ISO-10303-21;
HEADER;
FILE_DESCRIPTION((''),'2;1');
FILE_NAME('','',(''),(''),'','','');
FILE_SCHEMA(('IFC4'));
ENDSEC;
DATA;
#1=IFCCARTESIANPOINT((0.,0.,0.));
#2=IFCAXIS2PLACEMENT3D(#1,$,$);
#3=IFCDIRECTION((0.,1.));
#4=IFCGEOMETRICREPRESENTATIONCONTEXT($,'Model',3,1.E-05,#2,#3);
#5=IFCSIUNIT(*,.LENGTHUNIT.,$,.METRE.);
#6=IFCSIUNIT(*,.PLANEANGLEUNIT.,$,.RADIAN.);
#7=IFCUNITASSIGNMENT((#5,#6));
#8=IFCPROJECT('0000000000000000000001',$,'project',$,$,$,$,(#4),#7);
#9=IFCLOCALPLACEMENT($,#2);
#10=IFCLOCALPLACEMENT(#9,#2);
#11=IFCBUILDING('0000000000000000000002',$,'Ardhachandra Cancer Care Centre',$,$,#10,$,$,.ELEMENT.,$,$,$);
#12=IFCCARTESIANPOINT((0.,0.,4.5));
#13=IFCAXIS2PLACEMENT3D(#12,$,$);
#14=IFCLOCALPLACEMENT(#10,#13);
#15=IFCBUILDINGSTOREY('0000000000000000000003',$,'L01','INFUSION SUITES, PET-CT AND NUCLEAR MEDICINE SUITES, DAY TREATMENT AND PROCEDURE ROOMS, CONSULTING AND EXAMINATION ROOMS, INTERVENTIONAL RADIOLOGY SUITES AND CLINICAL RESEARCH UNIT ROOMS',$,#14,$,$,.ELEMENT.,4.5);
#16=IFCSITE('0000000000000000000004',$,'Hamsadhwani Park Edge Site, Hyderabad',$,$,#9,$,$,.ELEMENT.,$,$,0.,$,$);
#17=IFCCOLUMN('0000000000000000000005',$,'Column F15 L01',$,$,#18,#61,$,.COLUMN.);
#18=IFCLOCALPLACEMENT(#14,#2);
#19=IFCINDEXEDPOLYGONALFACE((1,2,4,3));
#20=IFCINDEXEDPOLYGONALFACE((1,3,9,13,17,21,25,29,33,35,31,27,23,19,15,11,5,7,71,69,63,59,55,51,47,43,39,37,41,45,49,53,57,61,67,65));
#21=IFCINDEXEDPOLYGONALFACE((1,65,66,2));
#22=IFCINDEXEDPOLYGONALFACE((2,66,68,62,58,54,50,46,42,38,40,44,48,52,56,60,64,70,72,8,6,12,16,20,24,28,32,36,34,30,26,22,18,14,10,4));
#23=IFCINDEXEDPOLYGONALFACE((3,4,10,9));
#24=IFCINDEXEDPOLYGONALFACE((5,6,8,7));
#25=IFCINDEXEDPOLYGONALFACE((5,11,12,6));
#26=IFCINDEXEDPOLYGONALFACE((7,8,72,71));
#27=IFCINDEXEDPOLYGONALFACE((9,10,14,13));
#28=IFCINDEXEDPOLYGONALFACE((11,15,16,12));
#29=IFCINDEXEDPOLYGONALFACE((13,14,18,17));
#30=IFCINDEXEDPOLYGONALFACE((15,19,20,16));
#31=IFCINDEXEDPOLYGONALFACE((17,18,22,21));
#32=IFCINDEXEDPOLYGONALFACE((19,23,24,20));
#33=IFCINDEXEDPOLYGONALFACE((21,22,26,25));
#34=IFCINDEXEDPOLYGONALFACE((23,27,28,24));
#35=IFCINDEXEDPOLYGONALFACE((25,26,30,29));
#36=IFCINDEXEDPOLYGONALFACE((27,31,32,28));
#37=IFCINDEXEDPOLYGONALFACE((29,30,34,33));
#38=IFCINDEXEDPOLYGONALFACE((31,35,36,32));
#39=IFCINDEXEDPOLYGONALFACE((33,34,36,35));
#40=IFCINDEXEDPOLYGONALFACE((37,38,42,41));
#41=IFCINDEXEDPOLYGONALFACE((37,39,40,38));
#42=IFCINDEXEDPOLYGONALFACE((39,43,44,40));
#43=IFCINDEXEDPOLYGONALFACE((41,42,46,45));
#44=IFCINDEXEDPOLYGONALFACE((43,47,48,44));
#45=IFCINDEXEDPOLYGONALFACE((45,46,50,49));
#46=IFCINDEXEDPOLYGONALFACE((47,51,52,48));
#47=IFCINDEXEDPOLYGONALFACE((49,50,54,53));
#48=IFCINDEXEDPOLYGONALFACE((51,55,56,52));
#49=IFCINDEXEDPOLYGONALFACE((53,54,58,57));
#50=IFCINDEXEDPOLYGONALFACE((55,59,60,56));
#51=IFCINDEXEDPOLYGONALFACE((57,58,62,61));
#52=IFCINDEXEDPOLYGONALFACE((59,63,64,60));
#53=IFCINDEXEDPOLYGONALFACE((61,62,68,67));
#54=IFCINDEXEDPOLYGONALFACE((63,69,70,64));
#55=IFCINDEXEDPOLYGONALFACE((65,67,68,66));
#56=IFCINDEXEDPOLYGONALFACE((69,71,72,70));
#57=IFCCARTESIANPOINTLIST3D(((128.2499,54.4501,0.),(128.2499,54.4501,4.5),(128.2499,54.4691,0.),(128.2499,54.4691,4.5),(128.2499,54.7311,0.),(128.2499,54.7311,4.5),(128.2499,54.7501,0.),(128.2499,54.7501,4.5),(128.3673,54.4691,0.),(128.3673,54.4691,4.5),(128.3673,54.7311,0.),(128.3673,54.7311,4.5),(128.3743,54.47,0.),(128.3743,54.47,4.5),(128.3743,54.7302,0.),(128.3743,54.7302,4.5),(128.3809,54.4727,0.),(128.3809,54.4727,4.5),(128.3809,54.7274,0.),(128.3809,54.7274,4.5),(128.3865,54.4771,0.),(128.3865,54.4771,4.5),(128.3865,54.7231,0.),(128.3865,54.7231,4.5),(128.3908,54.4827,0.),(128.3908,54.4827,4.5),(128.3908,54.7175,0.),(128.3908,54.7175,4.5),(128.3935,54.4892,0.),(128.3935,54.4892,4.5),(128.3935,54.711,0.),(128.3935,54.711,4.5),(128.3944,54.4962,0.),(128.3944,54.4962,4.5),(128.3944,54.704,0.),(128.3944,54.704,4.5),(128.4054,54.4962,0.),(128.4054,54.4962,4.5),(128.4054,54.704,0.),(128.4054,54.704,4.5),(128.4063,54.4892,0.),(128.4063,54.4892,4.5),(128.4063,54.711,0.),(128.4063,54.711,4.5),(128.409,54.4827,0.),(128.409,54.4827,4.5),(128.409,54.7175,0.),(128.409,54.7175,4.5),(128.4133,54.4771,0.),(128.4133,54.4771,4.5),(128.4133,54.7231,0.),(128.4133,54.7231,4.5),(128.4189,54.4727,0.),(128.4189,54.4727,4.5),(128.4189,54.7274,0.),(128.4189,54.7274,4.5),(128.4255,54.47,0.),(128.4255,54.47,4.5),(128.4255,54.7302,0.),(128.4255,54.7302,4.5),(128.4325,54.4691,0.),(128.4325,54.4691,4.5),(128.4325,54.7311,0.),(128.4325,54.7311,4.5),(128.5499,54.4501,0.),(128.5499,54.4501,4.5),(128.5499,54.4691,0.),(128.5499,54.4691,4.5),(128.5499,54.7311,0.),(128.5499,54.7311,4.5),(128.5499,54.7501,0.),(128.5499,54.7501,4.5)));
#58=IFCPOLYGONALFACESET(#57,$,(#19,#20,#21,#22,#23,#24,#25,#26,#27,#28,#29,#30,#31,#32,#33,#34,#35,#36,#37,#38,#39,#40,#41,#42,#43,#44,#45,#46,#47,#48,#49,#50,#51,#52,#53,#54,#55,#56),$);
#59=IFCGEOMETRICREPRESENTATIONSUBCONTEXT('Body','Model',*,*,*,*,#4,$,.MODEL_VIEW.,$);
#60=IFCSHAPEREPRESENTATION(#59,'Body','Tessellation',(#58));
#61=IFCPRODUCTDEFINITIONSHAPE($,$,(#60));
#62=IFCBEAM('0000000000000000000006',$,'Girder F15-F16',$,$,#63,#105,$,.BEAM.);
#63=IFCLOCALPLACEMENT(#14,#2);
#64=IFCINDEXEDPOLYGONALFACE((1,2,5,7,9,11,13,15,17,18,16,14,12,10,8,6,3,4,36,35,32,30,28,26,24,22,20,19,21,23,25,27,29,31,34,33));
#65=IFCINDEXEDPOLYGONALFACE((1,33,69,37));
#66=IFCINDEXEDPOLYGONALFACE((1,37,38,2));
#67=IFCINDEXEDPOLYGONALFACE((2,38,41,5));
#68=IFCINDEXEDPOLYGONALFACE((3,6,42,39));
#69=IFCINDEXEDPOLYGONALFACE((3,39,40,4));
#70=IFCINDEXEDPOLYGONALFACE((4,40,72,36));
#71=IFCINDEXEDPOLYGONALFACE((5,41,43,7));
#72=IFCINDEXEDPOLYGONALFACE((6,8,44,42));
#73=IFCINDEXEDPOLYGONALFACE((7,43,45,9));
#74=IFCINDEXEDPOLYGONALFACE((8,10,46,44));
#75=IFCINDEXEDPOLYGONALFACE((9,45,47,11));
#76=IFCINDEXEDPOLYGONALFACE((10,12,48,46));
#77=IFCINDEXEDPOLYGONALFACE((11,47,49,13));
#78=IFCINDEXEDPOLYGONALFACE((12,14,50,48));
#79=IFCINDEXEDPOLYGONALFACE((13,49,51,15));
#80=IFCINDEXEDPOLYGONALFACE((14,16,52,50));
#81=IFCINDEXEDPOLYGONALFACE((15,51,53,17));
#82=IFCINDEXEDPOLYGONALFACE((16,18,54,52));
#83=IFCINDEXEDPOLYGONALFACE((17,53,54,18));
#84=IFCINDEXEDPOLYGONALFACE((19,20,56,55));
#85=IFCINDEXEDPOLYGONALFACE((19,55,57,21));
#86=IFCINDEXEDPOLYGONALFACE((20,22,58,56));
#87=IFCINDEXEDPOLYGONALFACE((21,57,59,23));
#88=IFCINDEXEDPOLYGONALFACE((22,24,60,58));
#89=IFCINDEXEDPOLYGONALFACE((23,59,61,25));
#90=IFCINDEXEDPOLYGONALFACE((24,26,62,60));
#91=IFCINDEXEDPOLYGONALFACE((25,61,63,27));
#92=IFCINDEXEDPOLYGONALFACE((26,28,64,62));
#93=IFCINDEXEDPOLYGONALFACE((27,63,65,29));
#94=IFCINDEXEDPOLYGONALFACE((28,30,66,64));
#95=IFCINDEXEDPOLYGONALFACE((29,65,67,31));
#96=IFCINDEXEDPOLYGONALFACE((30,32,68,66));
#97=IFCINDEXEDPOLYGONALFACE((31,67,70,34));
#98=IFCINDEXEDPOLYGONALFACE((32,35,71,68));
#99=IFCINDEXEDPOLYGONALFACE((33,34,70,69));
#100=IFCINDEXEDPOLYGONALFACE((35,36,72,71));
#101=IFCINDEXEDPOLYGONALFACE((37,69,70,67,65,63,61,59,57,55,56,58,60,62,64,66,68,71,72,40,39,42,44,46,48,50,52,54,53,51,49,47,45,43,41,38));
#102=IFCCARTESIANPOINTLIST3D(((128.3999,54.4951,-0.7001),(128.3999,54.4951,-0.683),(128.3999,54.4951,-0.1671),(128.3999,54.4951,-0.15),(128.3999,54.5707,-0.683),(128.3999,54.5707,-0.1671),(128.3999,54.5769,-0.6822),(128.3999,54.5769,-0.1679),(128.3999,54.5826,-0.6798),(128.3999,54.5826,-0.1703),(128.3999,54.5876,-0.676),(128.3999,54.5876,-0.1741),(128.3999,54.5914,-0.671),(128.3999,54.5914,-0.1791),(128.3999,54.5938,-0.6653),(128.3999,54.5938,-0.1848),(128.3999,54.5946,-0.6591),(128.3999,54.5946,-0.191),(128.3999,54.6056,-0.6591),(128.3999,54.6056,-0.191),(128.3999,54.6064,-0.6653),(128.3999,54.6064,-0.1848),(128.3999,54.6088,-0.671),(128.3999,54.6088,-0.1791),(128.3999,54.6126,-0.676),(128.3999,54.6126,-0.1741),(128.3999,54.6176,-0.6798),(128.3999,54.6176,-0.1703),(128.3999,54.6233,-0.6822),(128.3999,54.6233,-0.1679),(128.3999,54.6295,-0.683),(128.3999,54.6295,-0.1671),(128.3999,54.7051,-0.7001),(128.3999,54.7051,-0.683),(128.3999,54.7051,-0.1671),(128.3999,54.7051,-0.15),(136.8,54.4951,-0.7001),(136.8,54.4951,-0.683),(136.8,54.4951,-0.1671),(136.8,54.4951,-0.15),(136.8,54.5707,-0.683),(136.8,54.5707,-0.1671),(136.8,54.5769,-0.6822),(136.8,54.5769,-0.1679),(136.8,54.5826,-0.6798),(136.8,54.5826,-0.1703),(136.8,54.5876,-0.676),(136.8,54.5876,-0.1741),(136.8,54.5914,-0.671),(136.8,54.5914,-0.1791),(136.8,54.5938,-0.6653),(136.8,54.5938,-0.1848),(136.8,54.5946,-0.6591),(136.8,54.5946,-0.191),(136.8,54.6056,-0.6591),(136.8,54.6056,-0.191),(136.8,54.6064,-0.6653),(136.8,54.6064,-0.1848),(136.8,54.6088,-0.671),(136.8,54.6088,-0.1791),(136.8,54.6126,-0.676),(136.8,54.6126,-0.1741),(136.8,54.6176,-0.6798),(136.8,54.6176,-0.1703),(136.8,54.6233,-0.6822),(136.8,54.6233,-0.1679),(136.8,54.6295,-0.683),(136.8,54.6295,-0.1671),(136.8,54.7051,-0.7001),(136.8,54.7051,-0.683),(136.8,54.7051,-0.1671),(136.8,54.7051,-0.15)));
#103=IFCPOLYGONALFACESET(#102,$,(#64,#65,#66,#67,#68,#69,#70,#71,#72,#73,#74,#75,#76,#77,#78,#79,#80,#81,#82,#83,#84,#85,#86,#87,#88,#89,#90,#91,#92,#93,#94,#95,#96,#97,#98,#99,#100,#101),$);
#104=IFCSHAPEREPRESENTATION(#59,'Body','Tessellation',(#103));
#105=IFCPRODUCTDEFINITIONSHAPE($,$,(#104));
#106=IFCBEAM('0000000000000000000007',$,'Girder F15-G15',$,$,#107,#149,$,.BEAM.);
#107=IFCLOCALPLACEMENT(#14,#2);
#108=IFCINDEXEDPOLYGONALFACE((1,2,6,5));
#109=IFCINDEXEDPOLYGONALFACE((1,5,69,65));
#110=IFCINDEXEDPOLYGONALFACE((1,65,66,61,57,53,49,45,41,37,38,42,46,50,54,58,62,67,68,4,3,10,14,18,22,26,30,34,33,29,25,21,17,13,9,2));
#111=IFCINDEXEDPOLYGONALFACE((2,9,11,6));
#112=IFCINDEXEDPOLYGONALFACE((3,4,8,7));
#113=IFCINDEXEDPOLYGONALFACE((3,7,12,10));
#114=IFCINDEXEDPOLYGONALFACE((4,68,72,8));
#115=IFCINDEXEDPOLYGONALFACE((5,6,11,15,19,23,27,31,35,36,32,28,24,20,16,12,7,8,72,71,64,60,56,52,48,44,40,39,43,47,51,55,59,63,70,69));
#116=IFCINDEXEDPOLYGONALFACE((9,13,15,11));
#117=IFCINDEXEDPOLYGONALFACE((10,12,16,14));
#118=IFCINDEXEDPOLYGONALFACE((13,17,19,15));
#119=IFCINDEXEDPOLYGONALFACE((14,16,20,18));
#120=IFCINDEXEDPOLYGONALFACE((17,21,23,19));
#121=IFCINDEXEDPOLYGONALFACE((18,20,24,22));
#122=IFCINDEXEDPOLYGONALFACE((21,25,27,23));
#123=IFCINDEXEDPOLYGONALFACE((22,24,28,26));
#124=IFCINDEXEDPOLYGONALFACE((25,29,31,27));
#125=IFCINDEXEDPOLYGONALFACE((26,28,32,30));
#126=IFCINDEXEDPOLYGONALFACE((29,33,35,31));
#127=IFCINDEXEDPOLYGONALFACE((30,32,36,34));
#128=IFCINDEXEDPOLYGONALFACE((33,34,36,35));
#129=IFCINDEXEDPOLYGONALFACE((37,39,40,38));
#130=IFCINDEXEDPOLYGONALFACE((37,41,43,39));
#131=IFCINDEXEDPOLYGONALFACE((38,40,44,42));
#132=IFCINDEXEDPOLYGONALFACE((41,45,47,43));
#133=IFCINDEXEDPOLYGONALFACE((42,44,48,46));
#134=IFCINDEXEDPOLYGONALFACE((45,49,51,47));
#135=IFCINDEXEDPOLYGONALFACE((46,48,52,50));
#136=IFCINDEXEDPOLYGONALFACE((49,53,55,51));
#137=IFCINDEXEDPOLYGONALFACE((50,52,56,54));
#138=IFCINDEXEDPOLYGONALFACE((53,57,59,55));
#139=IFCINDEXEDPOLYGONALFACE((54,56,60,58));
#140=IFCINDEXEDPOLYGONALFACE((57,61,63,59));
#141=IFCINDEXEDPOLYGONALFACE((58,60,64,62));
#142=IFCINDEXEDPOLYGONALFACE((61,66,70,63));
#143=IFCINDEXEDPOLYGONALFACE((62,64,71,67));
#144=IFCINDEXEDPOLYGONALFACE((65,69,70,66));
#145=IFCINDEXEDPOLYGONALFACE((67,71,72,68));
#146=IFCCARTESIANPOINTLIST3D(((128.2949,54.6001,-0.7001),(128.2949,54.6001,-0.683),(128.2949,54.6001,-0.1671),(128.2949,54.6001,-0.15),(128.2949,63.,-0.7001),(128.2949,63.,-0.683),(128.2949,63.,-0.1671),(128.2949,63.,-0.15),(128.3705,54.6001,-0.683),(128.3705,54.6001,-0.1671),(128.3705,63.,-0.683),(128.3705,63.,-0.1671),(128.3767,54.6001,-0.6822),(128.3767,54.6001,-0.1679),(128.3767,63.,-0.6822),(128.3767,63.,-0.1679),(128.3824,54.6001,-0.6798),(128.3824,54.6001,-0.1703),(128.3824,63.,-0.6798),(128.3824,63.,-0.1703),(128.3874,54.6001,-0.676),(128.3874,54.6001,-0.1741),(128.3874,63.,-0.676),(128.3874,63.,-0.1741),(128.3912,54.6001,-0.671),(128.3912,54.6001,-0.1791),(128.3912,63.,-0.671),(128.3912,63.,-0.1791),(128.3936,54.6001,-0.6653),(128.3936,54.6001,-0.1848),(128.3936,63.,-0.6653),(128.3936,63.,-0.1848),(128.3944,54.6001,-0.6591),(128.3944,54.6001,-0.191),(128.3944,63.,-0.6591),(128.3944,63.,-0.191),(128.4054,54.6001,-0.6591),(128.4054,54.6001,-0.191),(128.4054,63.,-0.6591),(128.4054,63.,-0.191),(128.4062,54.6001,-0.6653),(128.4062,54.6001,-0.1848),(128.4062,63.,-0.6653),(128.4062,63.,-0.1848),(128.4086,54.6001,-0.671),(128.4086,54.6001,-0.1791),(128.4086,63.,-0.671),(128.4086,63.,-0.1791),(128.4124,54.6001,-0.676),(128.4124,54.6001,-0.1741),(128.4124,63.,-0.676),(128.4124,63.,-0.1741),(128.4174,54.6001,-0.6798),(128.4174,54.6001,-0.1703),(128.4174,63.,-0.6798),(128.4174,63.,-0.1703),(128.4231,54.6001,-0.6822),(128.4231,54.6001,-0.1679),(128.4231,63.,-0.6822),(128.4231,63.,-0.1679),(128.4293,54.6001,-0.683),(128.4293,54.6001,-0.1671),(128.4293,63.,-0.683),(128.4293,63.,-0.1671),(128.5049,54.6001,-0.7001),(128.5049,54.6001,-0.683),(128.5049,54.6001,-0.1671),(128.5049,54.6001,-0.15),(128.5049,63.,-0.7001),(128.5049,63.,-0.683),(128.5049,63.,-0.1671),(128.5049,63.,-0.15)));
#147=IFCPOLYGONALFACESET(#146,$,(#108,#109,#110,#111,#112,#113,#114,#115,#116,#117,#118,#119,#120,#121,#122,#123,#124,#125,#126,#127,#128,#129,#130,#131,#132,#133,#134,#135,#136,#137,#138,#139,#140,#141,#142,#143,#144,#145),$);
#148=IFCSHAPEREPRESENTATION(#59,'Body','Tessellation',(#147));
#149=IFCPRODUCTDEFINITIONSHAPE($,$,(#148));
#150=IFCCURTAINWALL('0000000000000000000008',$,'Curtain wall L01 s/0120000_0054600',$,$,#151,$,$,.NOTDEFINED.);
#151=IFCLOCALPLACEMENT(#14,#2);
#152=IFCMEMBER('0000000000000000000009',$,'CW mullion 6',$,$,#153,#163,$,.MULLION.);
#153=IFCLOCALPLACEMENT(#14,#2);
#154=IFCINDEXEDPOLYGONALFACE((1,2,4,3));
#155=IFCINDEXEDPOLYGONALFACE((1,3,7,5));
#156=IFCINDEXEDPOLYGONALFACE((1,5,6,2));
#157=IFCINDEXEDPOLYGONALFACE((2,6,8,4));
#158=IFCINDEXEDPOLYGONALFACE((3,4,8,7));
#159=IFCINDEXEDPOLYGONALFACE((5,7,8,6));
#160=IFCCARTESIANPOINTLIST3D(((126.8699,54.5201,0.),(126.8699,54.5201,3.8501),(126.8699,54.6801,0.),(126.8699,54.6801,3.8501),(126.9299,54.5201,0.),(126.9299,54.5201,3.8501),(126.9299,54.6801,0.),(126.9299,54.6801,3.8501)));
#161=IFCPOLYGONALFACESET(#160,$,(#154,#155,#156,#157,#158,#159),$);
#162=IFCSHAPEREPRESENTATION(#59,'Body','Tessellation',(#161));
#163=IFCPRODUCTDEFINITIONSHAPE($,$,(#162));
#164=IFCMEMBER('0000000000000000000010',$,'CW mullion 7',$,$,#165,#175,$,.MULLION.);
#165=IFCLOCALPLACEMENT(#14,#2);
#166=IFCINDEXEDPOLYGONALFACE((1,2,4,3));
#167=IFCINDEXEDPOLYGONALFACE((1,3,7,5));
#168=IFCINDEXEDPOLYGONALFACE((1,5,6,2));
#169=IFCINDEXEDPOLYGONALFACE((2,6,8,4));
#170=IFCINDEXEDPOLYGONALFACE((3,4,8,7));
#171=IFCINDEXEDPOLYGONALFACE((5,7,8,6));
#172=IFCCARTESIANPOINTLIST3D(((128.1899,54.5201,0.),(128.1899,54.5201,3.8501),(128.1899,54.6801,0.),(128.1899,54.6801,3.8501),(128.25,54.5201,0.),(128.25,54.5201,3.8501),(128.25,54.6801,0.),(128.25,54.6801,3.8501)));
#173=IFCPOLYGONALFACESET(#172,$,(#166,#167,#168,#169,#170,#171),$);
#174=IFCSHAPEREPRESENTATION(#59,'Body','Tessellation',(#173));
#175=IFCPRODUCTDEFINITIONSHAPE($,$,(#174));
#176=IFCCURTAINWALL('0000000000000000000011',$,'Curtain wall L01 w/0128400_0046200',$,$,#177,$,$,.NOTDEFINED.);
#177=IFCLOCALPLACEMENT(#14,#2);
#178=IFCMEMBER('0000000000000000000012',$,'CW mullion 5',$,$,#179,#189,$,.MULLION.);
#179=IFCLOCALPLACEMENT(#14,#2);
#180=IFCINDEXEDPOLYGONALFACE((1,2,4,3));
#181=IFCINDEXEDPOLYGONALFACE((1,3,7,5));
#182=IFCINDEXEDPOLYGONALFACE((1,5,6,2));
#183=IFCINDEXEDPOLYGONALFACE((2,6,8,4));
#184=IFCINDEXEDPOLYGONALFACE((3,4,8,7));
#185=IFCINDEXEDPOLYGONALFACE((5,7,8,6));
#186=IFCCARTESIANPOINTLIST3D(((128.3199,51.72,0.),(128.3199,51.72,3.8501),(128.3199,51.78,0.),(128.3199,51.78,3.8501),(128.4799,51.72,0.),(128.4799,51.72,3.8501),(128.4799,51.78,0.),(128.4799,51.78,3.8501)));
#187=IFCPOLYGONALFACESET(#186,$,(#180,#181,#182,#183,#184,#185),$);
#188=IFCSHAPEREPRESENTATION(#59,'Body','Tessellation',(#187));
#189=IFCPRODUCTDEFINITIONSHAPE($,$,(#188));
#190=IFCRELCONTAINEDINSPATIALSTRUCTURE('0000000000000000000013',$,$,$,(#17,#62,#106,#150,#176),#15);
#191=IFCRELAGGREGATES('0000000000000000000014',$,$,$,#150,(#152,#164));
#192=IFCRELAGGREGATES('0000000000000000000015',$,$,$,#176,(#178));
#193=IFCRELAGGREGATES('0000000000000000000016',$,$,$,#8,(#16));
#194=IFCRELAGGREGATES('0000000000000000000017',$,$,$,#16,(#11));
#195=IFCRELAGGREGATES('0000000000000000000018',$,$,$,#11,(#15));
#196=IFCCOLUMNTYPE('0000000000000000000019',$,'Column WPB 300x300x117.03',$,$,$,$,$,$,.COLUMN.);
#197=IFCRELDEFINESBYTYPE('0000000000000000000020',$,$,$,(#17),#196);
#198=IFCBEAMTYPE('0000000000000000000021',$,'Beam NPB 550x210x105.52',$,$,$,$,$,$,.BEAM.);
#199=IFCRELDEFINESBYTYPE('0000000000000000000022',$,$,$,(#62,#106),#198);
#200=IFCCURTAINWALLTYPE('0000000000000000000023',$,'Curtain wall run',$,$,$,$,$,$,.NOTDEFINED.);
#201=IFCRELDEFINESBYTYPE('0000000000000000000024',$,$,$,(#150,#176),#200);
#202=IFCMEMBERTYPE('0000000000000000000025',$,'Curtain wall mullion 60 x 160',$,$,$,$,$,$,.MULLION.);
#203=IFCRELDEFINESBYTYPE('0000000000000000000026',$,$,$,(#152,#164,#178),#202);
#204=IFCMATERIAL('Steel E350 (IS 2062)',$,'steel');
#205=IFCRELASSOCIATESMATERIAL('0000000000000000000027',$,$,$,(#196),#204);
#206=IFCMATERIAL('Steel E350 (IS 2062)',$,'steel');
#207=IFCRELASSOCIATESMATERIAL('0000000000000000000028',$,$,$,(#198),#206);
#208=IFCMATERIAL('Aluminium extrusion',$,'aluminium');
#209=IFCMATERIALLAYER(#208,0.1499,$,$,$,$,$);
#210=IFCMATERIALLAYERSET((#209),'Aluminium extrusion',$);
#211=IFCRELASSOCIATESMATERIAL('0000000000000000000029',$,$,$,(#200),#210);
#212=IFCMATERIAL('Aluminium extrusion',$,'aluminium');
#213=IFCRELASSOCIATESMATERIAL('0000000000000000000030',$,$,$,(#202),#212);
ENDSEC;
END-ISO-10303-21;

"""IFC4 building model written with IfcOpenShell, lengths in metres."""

from ifc_helpers import new_model, si_unit, direction, frame, origin, origin_2d, place, context, subcontext, project, spatial, rectangle, i_section, extrude, material, layer, layer_set, material_profile, profile_set, type_object, element, aggregate, save


model = new_model("IFC4")

# Units and contexts
model_context = context("Model", 3, precision=1e-05, world=origin(), true_north=direction((0.0, 1.0)))
body_context = subcontext(model_context, "Body", "Model", "MODEL_VIEW")
ifc_project = project(units=[si_unit("LENGTHUNIT", "METRE"), si_unit("PLANEANGLEUNIT", "RADIAN")], contexts=[model_context])

# Site, building, storey
site_placement = place(None, origin())
site = spatial("IfcSite", under=ifc_project, at=site_placement, Name="Hamsadhwani Park Edge Site, Hyderabad", CompositionType="ELEMENT", RefElevation=0.0)
building_placement = place(site_placement, origin())
building = spatial("IfcBuilding", under=site, at=building_placement, Name="Ardhachandra Cancer Care Centre", CompositionType="ELEMENT")
storey_placement = place(building_placement, frame((0.0, 0.0, 4.5)))
storey = spatial("IfcBuildingStorey", under=building, at=storey_placement, Name="L01", Description="INFUSION SUITES, PET-CT AND NUCLEAR MEDICINE SUITES, DAY TREATMENT AND PROCEDURE ROOMS, CONSULTING AND EXAMINATION ROOMS, INTERVENTIONAL RADIOLOGY SUITES AND CLINICAL RESEARCH UNIT ROOMS", CompositionType="ELEMENT", Elevation=4.5)

# Column
ifc_material_1 = material(Name="Steel E350 (IS 2062)", Category="steel")
ifc_material_profile_1 = material_profile(ifc_material_1, i_section(OverallWidth=0.3, OverallDepth=0.3, WebThickness=0.011, FlangeThickness=0.019, FilletRadius=0.0271, at=origin_2d()), Name="WPB 300x300x117.03")
ifc_profile_set_1 = profile_set([ifc_material_profile_1], Name="Steel E350 (IS 2062)")
column_type = type_object("IfcColumnType", Name="Column WPB 300x300x117.03", PredefinedType="COLUMN", material=ifc_profile_set_1)
column_placement = place(storey_placement, frame((128.3999, 54.6001, 0.0), z_axis=(0.0, 0.0, 1.0), x_axis=(1.0, 0.0, 0.0)))
element("IfcColumn", 1, at=column_placement, inside=storey, type_object=column_type, Name="Column F15 L01", PredefinedType="COLUMN", context=body_context, shape_type="SweptSolid", body=[
    extrude(i_section(OverallWidth=0.3, OverallDepth=0.3, WebThickness=0.011, FlangeThickness=0.019, FilletRadius=0.0271, at=origin_2d()), origin(), (0.0, 0.0, 1.0), 4.5),
])

# Beams
ifc_material_2 = material(Name="Steel E350 (IS 2062)", Category="steel")
ifc_material_profile_2 = material_profile(ifc_material_2, i_section(OverallWidth=0.21, OverallDepth=0.55, WebThickness=0.011, FlangeThickness=0.0171, FilletRadius=0.0239, at=origin_2d()), Name="NPB 550x210x105.52")
ifc_profile_set_2 = profile_set([ifc_material_profile_2], Name="Steel E350 (IS 2062)")
beam_type = type_object("IfcBeamType", Name="Beam NPB 550x210x105.52", PredefinedType="BEAM", material=ifc_profile_set_2)
beam_1_placement = place(storey_placement, frame((128.3999, 54.6001, -0.425), z_axis=(1.0, 0.0, 0.0), x_axis=(0.0, 1.0, 0.0)))
element("IfcBeam", 2, at=beam_1_placement, inside=storey, type_object=beam_type, Name="Girder F15-F16", PredefinedType="BEAM", context=body_context, shape_type="SweptSolid", body=[
    extrude(i_section(OverallWidth=0.21, OverallDepth=0.55, WebThickness=0.011, FlangeThickness=0.0171, FilletRadius=0.0239, at=origin_2d()), origin(), (0.0, 0.0, 1.0), 8.4001),
])
beam_2_placement = place(storey_placement, frame((128.3999, 54.6001, -0.425), z_axis=(0.0, 1.0, 0.0), x_axis=(-1.0, 0.0, 0.0)))
element("IfcBeam", 3, at=beam_2_placement, inside=storey, type_object=beam_type, Name="Girder F15-G15", PredefinedType="BEAM", context=body_context, shape_type="SweptSolid", body=[
    extrude(i_section(OverallWidth=0.21, OverallDepth=0.55, WebThickness=0.011, FlangeThickness=0.0171, FilletRadius=0.0239, at=origin_2d()), origin(), (0.0, 0.0, 1.0), 8.3999),
])

# Curtain walls, members
ifc_material_3 = material(Name="Aluminium extrusion", Category="aluminium")
ifc_layer_1 = layer(ifc_material_3, 0.1499)
ifc_layer_set_1 = layer_set([ifc_layer_1], Name="Aluminium extrusion")
curtain_wall_type = type_object("IfcCurtainWallType", Name="Curtain wall run", PredefinedType="NOTDEFINED", material=ifc_layer_set_1)
curtain_wall_1_placement = place(storey_placement, origin())
curtain_wall_1 = element("IfcCurtainWall", 4, at=curtain_wall_1_placement, inside=storey, type_object=curtain_wall_type, Name="Curtain wall L01 s/0120000_0054600", PredefinedType="NOTDEFINED")
ifc_material_4 = material(Name="Aluminium extrusion", Category="aluminium")
ifc_material_profile_3 = material_profile(ifc_material_4, rectangle(XDim=0.1599, YDim=0.0601, at=origin_2d()), Name="Curtain wall mullion 60 x 160")
ifc_profile_set_3 = profile_set([ifc_material_profile_3], Name="Aluminium extrusion")
member_type_1 = type_object("IfcMemberType", Name="Curtain wall mullion 60 x 160", PredefinedType="MULLION", material=ifc_profile_set_3)
member_1_placement = place(storey_placement, frame((126.8999, 54.6001, 0.0), z_axis=(0.0, 0.0, 1.0), x_axis=(0.0, 1.0, 0.0)))
member_1 = element("IfcMember", 5, at=member_1_placement, type_object=member_type_1, Name="CW mullion 6", PredefinedType="MULLION", context=body_context, shape_type="SweptSolid", body=[
    extrude(rectangle(XDim=0.1599, YDim=0.0601, at=origin_2d()), origin(), (0.0, 0.0, 1.0), 3.8501),
])
member_2_placement = place(storey_placement, frame((128.22, 54.6001, 0.0), z_axis=(0.0, 0.0, 1.0), x_axis=(0.0, 1.0, 0.0)))
member_2 = element("IfcMember", 6, at=member_2_placement, type_object=member_type_1, Name="CW mullion 7", PredefinedType="MULLION", context=body_context, shape_type="SweptSolid", body=[
    extrude(rectangle(XDim=0.1599, YDim=0.0601, at=origin_2d()), origin(), (0.0, 0.0, 1.0), 3.8501),
])
curtain_wall_2_placement = place(storey_placement, origin())
curtain_wall_2 = element("IfcCurtainWall", 7, at=curtain_wall_2_placement, inside=storey, type_object=curtain_wall_type, Name="Curtain wall L01 w/0128400_0046200", PredefinedType="NOTDEFINED")
member_3_placement = place(storey_placement, frame((128.3999, 51.75, 0.0), z_axis=(0.0, 0.0, 1.0), x_axis=(-1.0, 0.0, 0.0)))
member_3 = element("IfcMember", 8, at=member_3_placement, type_object=member_type_1, Name="CW mullion 5", PredefinedType="MULLION", context=body_context, shape_type="SweptSolid", body=[
    extrude(rectangle(XDim=0.1599, YDim=0.0601, at=origin_2d()), origin(), (0.0, 0.0, 1.0), 3.8501),
])

aggregate(curtain_wall_1, [member_1, member_2])
aggregate(curtain_wall_2, [member_3])

save(model, "model.ifc")
